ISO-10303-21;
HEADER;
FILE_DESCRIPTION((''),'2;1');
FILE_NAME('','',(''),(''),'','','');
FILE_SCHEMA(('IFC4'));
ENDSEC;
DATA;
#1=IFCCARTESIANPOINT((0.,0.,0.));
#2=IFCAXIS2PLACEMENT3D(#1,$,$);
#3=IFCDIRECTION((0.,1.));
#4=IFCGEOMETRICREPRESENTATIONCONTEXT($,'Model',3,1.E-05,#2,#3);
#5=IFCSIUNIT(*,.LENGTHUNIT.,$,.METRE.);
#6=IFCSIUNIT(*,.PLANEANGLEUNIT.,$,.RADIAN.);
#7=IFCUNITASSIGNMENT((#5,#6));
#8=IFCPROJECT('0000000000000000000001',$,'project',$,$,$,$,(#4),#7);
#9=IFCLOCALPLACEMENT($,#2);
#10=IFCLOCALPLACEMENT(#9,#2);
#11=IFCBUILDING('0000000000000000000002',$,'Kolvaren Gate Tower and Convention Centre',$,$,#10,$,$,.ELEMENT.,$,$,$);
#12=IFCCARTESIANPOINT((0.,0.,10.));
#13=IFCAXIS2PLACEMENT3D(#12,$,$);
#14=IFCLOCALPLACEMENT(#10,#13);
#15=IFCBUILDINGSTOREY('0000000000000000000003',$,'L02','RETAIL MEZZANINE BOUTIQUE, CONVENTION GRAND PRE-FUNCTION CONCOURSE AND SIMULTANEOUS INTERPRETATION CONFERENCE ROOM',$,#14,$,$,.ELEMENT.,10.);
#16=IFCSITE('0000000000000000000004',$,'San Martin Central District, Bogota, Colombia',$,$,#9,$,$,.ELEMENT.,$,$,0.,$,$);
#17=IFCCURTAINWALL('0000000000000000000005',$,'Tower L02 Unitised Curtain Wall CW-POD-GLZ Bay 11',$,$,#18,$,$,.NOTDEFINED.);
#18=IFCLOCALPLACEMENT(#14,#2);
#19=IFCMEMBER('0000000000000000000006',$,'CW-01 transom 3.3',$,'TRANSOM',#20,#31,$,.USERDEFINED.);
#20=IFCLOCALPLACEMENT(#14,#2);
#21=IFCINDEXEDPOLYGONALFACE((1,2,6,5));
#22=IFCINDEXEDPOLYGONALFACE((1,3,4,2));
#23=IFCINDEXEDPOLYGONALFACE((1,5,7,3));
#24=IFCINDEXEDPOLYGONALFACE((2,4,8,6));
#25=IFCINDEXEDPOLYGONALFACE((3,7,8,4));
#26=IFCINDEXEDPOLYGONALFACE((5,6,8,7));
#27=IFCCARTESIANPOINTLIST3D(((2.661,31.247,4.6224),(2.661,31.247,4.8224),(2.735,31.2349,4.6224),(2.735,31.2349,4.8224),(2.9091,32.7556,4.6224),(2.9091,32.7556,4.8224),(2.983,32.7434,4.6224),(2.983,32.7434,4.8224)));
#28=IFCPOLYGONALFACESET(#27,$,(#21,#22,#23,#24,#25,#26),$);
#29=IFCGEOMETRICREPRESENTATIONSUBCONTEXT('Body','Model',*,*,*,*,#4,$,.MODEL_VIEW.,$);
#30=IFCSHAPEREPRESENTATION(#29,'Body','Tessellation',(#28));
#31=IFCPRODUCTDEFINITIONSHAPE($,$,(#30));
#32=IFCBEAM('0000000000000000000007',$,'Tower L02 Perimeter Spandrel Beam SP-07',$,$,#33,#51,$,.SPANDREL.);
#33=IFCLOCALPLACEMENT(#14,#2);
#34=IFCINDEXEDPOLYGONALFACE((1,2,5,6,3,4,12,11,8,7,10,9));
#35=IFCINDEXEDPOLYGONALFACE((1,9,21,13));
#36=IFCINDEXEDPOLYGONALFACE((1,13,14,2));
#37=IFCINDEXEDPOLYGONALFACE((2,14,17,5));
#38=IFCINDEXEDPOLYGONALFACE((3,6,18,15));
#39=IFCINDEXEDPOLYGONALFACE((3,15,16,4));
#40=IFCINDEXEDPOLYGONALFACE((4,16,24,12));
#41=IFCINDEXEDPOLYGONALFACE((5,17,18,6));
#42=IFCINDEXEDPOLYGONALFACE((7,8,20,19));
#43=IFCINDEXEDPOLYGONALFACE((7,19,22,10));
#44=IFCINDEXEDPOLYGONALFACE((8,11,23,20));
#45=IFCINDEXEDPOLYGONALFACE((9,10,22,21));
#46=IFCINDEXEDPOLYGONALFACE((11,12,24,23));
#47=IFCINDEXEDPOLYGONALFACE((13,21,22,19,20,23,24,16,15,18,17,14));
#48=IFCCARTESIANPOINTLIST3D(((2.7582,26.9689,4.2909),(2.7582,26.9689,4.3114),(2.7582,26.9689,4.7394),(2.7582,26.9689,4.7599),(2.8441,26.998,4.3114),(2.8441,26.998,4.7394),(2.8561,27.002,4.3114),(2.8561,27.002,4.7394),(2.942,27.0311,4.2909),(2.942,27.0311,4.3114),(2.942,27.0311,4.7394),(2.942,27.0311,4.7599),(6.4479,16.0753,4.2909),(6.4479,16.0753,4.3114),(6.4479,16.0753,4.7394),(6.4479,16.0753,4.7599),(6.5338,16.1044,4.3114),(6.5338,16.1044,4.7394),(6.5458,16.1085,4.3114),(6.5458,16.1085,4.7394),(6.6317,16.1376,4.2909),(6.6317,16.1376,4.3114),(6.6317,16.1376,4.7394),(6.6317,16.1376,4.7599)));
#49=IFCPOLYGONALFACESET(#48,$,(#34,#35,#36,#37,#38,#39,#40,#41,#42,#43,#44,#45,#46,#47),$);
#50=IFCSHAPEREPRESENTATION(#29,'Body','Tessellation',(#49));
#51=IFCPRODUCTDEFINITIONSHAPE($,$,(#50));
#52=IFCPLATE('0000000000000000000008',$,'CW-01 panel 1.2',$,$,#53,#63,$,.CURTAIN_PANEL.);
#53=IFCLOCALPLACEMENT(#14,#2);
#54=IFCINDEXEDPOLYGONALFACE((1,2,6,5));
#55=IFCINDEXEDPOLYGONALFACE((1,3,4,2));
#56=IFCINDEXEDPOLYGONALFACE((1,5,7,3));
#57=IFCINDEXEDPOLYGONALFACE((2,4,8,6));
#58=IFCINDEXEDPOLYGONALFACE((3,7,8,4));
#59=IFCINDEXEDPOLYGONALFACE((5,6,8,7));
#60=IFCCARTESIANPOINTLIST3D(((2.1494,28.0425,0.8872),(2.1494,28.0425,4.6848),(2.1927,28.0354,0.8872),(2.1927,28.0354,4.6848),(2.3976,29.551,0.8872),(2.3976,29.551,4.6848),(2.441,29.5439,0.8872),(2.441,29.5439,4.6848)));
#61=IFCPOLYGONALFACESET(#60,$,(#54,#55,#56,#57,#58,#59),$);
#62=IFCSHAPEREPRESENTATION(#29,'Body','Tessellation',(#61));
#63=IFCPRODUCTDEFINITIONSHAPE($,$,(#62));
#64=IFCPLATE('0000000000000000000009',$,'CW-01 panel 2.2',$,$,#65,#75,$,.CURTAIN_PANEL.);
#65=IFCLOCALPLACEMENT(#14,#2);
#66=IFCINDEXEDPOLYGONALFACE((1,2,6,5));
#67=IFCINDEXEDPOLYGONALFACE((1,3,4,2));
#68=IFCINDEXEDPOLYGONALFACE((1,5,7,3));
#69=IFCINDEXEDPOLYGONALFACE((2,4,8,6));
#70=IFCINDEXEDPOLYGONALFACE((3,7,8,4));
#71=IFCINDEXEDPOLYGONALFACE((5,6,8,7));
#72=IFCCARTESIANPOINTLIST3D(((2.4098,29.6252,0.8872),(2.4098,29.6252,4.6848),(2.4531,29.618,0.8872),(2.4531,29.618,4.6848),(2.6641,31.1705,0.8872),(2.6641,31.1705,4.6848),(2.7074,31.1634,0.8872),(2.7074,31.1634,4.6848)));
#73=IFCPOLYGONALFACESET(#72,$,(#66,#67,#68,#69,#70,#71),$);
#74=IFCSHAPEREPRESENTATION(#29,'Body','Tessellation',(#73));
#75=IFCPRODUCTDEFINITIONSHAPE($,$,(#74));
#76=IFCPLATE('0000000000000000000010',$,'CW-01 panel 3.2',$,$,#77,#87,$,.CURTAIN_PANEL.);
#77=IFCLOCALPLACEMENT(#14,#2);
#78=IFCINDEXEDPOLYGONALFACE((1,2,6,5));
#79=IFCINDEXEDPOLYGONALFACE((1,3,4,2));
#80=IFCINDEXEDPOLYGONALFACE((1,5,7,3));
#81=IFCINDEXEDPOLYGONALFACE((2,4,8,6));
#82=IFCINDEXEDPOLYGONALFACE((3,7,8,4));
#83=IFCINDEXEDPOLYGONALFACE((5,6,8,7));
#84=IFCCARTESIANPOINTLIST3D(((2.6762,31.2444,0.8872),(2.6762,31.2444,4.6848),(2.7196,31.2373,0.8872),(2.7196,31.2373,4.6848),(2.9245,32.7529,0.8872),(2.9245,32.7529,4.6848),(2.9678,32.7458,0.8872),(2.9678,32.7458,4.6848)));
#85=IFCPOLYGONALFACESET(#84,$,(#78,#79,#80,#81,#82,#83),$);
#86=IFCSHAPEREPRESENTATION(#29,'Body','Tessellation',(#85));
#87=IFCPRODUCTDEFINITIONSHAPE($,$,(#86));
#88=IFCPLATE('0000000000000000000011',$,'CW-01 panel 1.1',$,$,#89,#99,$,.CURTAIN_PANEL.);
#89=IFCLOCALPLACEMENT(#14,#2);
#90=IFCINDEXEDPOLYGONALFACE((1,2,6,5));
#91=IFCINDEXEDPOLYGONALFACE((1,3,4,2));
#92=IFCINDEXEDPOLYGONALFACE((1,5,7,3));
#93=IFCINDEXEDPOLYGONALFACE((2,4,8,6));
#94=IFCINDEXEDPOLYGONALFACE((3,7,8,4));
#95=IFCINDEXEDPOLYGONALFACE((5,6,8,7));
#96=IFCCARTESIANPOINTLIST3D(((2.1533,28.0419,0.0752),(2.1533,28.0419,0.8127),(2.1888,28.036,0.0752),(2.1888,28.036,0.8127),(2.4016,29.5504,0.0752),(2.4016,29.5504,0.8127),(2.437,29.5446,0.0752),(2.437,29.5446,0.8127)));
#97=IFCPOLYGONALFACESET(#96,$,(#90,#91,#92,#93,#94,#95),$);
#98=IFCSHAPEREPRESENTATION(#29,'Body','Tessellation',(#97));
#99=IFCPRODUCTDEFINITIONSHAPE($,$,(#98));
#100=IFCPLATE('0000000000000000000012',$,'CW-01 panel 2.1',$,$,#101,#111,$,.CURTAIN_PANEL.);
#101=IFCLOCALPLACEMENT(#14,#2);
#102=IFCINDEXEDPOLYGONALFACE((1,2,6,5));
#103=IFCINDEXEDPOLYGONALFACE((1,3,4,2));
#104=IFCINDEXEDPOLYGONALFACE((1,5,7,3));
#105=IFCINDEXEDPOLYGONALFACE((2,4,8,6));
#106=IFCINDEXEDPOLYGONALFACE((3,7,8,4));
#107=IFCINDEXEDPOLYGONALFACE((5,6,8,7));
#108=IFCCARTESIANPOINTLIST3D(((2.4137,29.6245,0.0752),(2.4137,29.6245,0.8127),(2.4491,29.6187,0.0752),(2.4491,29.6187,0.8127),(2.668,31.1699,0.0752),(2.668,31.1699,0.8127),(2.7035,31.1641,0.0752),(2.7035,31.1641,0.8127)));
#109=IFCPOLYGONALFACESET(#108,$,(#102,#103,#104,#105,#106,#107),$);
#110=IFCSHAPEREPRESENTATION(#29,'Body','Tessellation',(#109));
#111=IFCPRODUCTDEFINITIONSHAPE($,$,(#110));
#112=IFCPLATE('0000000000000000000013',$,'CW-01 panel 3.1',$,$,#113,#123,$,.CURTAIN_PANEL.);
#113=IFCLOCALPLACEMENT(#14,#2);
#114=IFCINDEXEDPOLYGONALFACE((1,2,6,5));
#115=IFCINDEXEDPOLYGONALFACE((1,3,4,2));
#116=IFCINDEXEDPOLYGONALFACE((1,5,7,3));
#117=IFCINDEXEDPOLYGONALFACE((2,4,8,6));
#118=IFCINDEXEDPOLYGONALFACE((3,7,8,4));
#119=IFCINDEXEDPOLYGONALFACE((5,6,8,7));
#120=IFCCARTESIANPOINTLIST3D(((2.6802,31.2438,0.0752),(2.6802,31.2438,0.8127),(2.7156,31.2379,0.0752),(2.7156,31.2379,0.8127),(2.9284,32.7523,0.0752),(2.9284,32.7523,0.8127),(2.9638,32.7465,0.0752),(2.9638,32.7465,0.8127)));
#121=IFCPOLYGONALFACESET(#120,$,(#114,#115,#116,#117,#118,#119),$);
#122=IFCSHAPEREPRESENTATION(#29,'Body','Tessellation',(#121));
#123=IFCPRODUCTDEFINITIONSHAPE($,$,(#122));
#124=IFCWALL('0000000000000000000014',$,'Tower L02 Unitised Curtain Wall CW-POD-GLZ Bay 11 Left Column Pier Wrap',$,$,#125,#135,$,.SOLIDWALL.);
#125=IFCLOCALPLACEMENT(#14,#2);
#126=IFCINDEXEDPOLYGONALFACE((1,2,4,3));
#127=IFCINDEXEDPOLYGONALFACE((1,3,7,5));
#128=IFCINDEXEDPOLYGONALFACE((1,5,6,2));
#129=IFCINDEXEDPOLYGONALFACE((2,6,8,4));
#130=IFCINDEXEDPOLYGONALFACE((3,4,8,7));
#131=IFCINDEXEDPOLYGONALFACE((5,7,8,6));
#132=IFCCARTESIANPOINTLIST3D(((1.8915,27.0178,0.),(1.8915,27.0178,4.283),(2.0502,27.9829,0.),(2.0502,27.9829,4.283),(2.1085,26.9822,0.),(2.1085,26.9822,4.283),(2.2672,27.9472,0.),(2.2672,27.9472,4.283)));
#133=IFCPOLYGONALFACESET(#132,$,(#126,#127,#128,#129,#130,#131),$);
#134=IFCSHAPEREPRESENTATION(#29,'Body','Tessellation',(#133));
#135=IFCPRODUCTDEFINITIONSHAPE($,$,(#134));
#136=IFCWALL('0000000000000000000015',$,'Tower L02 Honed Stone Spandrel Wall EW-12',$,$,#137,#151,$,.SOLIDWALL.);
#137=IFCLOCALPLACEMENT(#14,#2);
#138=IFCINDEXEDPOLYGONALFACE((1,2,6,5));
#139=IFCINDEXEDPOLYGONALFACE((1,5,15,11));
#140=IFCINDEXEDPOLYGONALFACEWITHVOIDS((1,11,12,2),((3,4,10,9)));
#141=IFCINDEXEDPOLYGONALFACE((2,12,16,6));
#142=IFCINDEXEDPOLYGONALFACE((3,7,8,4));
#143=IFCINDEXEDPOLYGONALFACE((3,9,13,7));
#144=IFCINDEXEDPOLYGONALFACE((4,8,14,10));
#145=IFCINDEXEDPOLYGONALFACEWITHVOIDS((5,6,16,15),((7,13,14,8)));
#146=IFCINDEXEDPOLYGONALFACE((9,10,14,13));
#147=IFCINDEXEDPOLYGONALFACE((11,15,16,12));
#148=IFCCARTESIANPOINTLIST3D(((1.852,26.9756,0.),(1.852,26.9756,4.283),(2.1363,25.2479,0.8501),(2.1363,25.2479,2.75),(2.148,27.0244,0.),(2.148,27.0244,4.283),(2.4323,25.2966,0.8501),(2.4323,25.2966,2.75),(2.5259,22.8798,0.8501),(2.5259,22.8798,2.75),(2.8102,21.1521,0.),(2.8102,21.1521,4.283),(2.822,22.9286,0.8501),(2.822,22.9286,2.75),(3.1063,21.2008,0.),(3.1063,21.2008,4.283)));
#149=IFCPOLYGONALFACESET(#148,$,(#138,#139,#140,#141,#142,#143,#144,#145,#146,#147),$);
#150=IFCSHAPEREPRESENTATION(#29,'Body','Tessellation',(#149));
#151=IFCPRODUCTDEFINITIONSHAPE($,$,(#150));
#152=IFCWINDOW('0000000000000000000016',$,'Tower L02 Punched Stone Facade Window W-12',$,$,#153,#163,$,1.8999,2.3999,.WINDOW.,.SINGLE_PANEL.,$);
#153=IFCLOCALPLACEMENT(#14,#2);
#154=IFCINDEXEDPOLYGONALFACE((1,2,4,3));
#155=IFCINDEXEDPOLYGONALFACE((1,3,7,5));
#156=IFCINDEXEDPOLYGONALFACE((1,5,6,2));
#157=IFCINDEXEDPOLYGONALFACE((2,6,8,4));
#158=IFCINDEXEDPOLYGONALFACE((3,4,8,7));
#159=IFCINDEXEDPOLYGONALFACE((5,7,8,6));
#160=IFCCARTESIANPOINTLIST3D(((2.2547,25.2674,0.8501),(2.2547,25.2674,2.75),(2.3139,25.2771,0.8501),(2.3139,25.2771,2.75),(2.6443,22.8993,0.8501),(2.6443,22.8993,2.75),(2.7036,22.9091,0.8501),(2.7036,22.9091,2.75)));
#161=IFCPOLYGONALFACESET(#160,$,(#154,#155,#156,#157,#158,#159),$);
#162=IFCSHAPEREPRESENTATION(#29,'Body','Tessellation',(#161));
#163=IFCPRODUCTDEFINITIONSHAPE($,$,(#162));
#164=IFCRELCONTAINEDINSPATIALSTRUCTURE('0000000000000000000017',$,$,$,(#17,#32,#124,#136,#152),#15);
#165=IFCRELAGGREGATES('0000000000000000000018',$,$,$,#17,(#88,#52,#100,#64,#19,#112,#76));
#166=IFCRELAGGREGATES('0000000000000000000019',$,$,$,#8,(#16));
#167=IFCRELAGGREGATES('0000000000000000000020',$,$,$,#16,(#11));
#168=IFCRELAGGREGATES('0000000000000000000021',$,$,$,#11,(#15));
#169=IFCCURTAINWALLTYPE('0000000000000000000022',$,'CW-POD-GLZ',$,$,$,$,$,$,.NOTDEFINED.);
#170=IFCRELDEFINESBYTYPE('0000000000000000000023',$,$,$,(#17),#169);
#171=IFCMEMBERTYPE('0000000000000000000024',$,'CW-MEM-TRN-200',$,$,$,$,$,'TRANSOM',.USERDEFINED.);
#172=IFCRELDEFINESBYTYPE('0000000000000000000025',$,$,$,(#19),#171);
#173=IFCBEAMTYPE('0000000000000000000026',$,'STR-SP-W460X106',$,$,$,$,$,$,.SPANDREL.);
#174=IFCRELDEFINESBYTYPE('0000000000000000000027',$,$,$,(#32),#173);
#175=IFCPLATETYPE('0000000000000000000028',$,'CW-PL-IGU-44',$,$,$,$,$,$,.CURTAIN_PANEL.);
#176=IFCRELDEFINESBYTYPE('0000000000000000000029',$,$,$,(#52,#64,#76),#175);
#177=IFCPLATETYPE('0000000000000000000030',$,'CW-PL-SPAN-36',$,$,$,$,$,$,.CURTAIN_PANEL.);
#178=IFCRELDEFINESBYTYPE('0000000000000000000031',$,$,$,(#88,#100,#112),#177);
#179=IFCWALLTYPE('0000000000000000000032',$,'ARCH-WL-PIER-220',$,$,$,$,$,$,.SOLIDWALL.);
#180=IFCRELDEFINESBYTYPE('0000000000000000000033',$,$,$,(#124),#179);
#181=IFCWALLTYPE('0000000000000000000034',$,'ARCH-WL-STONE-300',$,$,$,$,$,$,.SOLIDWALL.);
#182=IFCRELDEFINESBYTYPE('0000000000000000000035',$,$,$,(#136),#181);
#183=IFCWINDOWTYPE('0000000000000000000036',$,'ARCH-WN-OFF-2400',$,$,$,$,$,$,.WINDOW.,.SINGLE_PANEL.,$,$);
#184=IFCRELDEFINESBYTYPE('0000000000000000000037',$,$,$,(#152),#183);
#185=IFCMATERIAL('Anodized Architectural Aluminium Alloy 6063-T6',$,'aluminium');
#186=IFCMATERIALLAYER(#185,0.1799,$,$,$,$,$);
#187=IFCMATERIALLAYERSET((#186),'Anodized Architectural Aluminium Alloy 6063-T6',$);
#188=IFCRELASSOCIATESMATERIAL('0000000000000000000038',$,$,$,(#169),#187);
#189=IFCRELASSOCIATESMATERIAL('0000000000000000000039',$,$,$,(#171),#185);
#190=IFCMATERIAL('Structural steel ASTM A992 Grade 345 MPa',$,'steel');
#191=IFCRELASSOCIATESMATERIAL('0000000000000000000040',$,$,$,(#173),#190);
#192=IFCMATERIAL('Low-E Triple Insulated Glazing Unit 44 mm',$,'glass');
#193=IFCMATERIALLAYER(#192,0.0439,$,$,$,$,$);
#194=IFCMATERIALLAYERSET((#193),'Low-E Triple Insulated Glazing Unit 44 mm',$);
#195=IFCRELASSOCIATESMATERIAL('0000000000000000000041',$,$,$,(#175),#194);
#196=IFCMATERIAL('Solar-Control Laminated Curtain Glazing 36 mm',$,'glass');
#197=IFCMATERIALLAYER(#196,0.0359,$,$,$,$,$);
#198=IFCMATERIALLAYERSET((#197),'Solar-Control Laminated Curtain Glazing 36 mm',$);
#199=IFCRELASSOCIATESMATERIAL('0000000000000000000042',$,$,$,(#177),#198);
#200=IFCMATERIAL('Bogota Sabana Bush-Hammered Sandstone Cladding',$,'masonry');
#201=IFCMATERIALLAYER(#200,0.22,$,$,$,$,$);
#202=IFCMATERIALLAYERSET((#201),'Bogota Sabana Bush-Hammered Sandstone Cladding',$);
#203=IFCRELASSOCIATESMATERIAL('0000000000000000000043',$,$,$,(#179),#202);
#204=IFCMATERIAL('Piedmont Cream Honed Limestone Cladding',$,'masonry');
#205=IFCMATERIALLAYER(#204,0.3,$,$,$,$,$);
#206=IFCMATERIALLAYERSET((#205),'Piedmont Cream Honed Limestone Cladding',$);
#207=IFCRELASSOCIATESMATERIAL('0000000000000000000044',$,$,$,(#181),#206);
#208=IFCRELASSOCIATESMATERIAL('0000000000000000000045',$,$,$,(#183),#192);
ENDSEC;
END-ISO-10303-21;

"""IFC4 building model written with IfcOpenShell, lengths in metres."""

from ifc_helpers import new_model, si_unit, direction, frame, frame_2d, origin, origin_2d, place, context, subcontext, project, spatial, rectangle, i_section, extrude, material, layer, layer_set, material_profile, profile_set, type_object, element, fill, aggregate, save


model = new_model("IFC4")

# Units and contexts
model_context = context("Model", 3, precision=1e-05, world=origin(), true_north=direction((0.0, 1.0)))
body_context = subcontext(model_context, "Body", "Model", "MODEL_VIEW")
ifc_project = project(units=[si_unit("LENGTHUNIT", "METRE"), si_unit("PLANEANGLEUNIT", "RADIAN")], contexts=[model_context])

# Site, building, storey
site_placement = place(None, origin())
site = spatial("IfcSite", under=ifc_project, at=site_placement, Name="San Martin Central District, Bogota, Colombia", CompositionType="ELEMENT", RefElevation=0.0)
building_placement = place(site_placement, origin())
building = spatial("IfcBuilding", under=site, at=building_placement, Name="Kolvaren Gate Tower and Convention Centre", CompositionType="ELEMENT")
storey_placement = place(building_placement, frame((0.0, 0.0, 10.0)))
storey = spatial("IfcBuildingStorey", under=building, at=storey_placement, Name="L02", Description="RETAIL MEZZANINE BOUTIQUE, CONVENTION GRAND PRE-FUNCTION CONCOURSE AND SIMULTANEOUS INTERPRETATION CONFERENCE ROOM", CompositionType="ELEMENT", Elevation=10.0)

# Shared definitions
ifc_material_1 = material(Name="Anodized Architectural Aluminium Alloy 6063-T6", Category="aluminium")
ifc_layer_1 = layer(ifc_material_1, 0.1799)
ifc_layer_set_1 = layer_set([ifc_layer_1], Name="Anodized Architectural Aluminium Alloy 6063-T6")
curtain_wall_type = type_object("IfcCurtainWallType", Name="CW-POD-GLZ", PredefinedType="NOTDEFINED", material=ifc_layer_set_1)

# Curtain wall, member
curtain_wall_1_placement = place(storey_placement, origin())
curtain_wall_1 = element("IfcCurtainWall", 1, at=curtain_wall_1_placement, inside=storey, type_object=curtain_wall_type, Name="Tower L02 Unitised Curtain Wall CW-POD-GLZ Bay 11", PredefinedType="NOTDEFINED")
ifc_material_profile_1 = material_profile(ifc_material_1, rectangle(XDim=0.075, YDim=0.2, at=origin_2d()), Name="CW-MEM-TRN-200")
ifc_profile_set_1 = profile_set([ifc_material_profile_1], Name="Anodized Architectural Aluminium Alloy 6063-T6")
member_type_1 = type_object("IfcMemberType", Name="CW-MEM-TRN-200", ElementType="TRANSOM", PredefinedType="USERDEFINED", material=ifc_profile_set_1)
member_1_placement = place(storey_placement, frame((2.698, 31.241, 4.7224), z_axis=(0.162249, 0.98675, 0.0), x_axis=(-0.98675, 0.162249, 0.0)))
member_1 = element("IfcMember", 2, at=member_1_placement, type_object=member_type_1, Name="CW-01 transom 3.3", ObjectType="TRANSOM", PredefinedType="USERDEFINED", context=body_context, shape_type="SweptSolid", body=[
    extrude(rectangle(XDim=0.075, YDim=0.2, at=origin_2d()), origin(), (0.0, 0.0, 1.0), 1.5288),
])

# Beam
ifc_material_2 = material(Name="Structural steel ASTM A992 Grade 345 MPa", Category="steel")
ifc_material_profile_2 = material_profile(ifc_material_2, i_section(OverallWidth=0.1941, OverallDepth=0.469, WebThickness=0.0127, FlangeThickness=0.0205, at=origin_2d()), Name="W460X106")
ifc_profile_set_2 = profile_set([ifc_material_profile_2], Name="Structural steel ASTM A992 Grade 345 MPa")
beam_type = type_object("IfcBeamType", Name="STR-SP-W460X106", PredefinedType="SPANDREL", material=ifc_profile_set_2)
beam_placement = place(storey_placement, frame((2.8501, 27.0, 4.5254), z_axis=(0.320803, -0.947146, 0.0), x_axis=(0.947146, 0.320803, 0.0)))
element("IfcBeam", 3, at=beam_placement, inside=storey, type_object=beam_type, Name="Tower L02 Perimeter Spandrel Beam SP-07", PredefinedType="SPANDREL", context=body_context, shape_type="SweptSolid", body=[
    extrude(i_section(OverallWidth=0.1941, OverallDepth=0.469, WebThickness=0.0127, FlangeThickness=0.0205, at=origin_2d()), origin(), (0.0, 0.0, 1.0), 11.5015),
])

# Plates
ifc_material_3 = material(Name="Low-E Triple Insulated Glazing Unit 44 mm", Category="glass")
ifc_layer_2 = layer(ifc_material_3, 0.0439)
ifc_layer_set_2 = layer_set([ifc_layer_2], Name="Low-E Triple Insulated Glazing Unit 44 mm")
plate_type_1 = type_object("IfcPlateType", Name="CW-PL-IGU-44", PredefinedType="CURTAIN_PANEL", material=ifc_layer_set_2)
plate_1_placement = place(storey_placement, frame((2.2952, 28.7932, 0.8872), z_axis=(0.0, 0.0, 1.0), x_axis=(0.162376, 0.986729, 0.0)))
plate_1 = element("IfcPlate", 4, at=plate_1_placement, type_object=plate_type_1, Name="CW-01 panel 1.2", PredefinedType="CURTAIN_PANEL", context=body_context, shape_type="SweptSolid", body=[
    extrude(rectangle(XDim=1.5288, YDim=0.0439, at=origin_2d()), origin(), (0.0, 0.0, 1.0), 3.7976),
])
plate_2_placement = place(storey_placement, frame((2.5586, 30.3943, 0.8872), z_axis=(0.0, 0.0, 1.0), x_axis=(0.162376, 0.986729, 0.0)))
plate_2 = element("IfcPlate", 5, at=plate_2_placement, type_object=plate_type_1, Name="CW-01 panel 2.2", PredefinedType="CURTAIN_PANEL", context=body_context, shape_type="SweptSolid", body=[
    extrude(rectangle(XDim=1.5662, YDim=0.0439, at=origin_2d()), origin(), (0.0, 0.0, 1.0), 3.7976),
])
plate_3_placement = place(storey_placement, frame((2.822, 31.9951, 0.8872), z_axis=(0.0, 0.0, 1.0), x_axis=(0.162376, 0.986729, 0.0)))
plate_3 = element("IfcPlate", 6, at=plate_3_placement, type_object=plate_type_1, Name="CW-01 panel 3.2", PredefinedType="CURTAIN_PANEL", context=body_context, shape_type="SweptSolid", body=[
    extrude(rectangle(XDim=1.5288, YDim=0.0439, at=origin_2d()), origin(), (0.0, 0.0, 1.0), 3.7976),
])
ifc_material_4 = material(Name="Solar-Control Laminated Curtain Glazing 36 mm", Category="glass")
ifc_layer_3 = layer(ifc_material_4, 0.0359)
ifc_layer_set_3 = layer_set([ifc_layer_3], Name="Solar-Control Laminated Curtain Glazing 36 mm")
plate_type_2 = type_object("IfcPlateType", Name="CW-PL-SPAN-36", PredefinedType="CURTAIN_PANEL", material=ifc_layer_set_3)
plate_4_placement = place(storey_placement, frame((2.2952, 28.7932, 0.0752), z_axis=(0.0, 0.0, 1.0), x_axis=(0.162376, 0.986729, 0.0)))
plate_4 = element("IfcPlate", 7, at=plate_4_placement, type_object=plate_type_2, Name="CW-01 panel 1.1", PredefinedType="CURTAIN_PANEL", context=body_context, shape_type="SweptSolid", body=[
    extrude(rectangle(XDim=1.5288, YDim=0.0359, at=origin_2d()), origin(), (0.0, 0.0, 1.0), 0.7375),
])
plate_5_placement = place(storey_placement, frame((2.5586, 30.3943, 0.0752), z_axis=(0.0, 0.0, 1.0), x_axis=(0.162376, 0.986729, 0.0)))
plate_5 = element("IfcPlate", 8, at=plate_5_placement, type_object=plate_type_2, Name="CW-01 panel 2.1", PredefinedType="CURTAIN_PANEL", context=body_context, shape_type="SweptSolid", body=[
    extrude(rectangle(XDim=1.5662, YDim=0.0359, at=origin_2d()), origin(), (0.0, 0.0, 1.0), 0.7375),
])
plate_6_placement = place(storey_placement, frame((2.822, 31.9951, 0.0752), z_axis=(0.0, 0.0, 1.0), x_axis=(0.162376, 0.986729, 0.0)))
plate_6 = element("IfcPlate", 9, at=plate_6_placement, type_object=plate_type_2, Name="CW-01 panel 3.1", PredefinedType="CURTAIN_PANEL", context=body_context, shape_type="SweptSolid", body=[
    extrude(rectangle(XDim=1.5288, YDim=0.0359, at=origin_2d()), origin(), (0.0, 0.0, 1.0), 0.7375),
])
aggregate(curtain_wall_1, [plate_4, plate_1, plate_5, plate_2, member_1, plate_6, plate_3])

# Wall
ifc_material_5 = material(Name="Bogota Sabana Bush-Hammered Sandstone Cladding", Category="masonry")
ifc_layer_4 = layer(ifc_material_5, 0.22)
ifc_layer_set_4 = layer_set([ifc_layer_4], Name="Bogota Sabana Bush-Hammered Sandstone Cladding")
wall_type_1 = type_object("IfcWallType", Name="ARCH-WL-PIER-220", PredefinedType="SOLIDWALL", material=ifc_layer_set_4)
wall_1_placement = place(storey_placement, frame((2.0, 27.0, 0.0), z_axis=(0.0, 0.0, 1.0), x_axis=(0.162253, 0.986749, 0.0)))
element("IfcWall", 10, at=wall_1_placement, inside=storey, type_object=wall_type_1, Name="Tower L02 Unitised Curtain Wall CW-POD-GLZ Bay 11 Left Column Pier Wrap", PredefinedType="SOLIDWALL", context=body_context, shape_type="SweptSolid", body=[
    extrude(rectangle(XDim=0.978, YDim=0.22, at=frame_2d((0.489, 0.0))), origin(), (0.0, 0.0, 1.0), 4.283),
])

# Wall, opening, window
ifc_material_6 = material(Name="Piedmont Cream Honed Limestone Cladding", Category="masonry")
ifc_layer_5 = layer(ifc_material_6, 0.3)
ifc_layer_set_5 = layer_set([ifc_layer_5], Name="Piedmont Cream Honed Limestone Cladding")
wall_type_2 = type_object("IfcWallType", Name="ARCH-WL-STONE-300", PredefinedType="SOLIDWALL", material=ifc_layer_set_5)
wall_2_placement = place(storey_placement, frame((2.0, 27.0, 0.0), z_axis=(0.0, 0.0, 1.0), x_axis=(0.162366, -0.986731, 0.0)))
wall_2 = element("IfcWall", 11, at=wall_2_placement, inside=storey, type_object=wall_type_2, Name="Tower L02 Honed Stone Spandrel Wall EW-12", PredefinedType="SOLIDWALL", context=body_context, shape_type="SweptSolid", body=[
    extrude(rectangle(XDim=5.9019, YDim=0.3, at=frame_2d((2.9509, 0.0))), origin(), (0.0, 0.0, 1.0), 4.283),
])
opening_placement = place(wall_2_placement, frame((1.751, 0.0, 0.8501)))
opening = element("IfcOpeningElement", 12, at=opening_placement, cuts=wall_2, PredefinedType="OPENING", context=body_context, shape_type="SweptSolid", body=[
    extrude(rectangle(XDim=2.3999, YDim=1.8999, at=frame_2d((1.2, 0.95))), frame((0.0, 0.1599, 0.0), z_axis=(0.0, -1.0, 0.0), x_axis=(1.0, 0.0, 0.0)), (0.0, 0.0, 1.0), 0.3201),
])
window_type = type_object("IfcWindowType", Name="ARCH-WN-OFF-2400", PartitioningType="SINGLE_PANEL", PredefinedType="WINDOW", material=ifc_material_3)
window_placement = place(opening_placement, origin())
window = element("IfcWindow", 13, at=window_placement, inside=storey, type_object=window_type, Name="Tower L02 Punched Stone Facade Window W-12", OverallHeight=1.8999, OverallWidth=2.3999, PartitioningType="SINGLE_PANEL", PredefinedType="WINDOW", context=body_context, shape_type="SweptSolid", body=[
    extrude(rectangle(XDim=2.3999, YDim=1.8999, at=frame_2d((1.2, 0.95))), frame((0.0, 0.03, 0.0), z_axis=(0.0, -1.0, 0.0), x_axis=(1.0, 0.0, 0.0)), (0.0, 0.0, 1.0), 0.0601),
])
fill(opening, window)

save(model, "model.ifc")
